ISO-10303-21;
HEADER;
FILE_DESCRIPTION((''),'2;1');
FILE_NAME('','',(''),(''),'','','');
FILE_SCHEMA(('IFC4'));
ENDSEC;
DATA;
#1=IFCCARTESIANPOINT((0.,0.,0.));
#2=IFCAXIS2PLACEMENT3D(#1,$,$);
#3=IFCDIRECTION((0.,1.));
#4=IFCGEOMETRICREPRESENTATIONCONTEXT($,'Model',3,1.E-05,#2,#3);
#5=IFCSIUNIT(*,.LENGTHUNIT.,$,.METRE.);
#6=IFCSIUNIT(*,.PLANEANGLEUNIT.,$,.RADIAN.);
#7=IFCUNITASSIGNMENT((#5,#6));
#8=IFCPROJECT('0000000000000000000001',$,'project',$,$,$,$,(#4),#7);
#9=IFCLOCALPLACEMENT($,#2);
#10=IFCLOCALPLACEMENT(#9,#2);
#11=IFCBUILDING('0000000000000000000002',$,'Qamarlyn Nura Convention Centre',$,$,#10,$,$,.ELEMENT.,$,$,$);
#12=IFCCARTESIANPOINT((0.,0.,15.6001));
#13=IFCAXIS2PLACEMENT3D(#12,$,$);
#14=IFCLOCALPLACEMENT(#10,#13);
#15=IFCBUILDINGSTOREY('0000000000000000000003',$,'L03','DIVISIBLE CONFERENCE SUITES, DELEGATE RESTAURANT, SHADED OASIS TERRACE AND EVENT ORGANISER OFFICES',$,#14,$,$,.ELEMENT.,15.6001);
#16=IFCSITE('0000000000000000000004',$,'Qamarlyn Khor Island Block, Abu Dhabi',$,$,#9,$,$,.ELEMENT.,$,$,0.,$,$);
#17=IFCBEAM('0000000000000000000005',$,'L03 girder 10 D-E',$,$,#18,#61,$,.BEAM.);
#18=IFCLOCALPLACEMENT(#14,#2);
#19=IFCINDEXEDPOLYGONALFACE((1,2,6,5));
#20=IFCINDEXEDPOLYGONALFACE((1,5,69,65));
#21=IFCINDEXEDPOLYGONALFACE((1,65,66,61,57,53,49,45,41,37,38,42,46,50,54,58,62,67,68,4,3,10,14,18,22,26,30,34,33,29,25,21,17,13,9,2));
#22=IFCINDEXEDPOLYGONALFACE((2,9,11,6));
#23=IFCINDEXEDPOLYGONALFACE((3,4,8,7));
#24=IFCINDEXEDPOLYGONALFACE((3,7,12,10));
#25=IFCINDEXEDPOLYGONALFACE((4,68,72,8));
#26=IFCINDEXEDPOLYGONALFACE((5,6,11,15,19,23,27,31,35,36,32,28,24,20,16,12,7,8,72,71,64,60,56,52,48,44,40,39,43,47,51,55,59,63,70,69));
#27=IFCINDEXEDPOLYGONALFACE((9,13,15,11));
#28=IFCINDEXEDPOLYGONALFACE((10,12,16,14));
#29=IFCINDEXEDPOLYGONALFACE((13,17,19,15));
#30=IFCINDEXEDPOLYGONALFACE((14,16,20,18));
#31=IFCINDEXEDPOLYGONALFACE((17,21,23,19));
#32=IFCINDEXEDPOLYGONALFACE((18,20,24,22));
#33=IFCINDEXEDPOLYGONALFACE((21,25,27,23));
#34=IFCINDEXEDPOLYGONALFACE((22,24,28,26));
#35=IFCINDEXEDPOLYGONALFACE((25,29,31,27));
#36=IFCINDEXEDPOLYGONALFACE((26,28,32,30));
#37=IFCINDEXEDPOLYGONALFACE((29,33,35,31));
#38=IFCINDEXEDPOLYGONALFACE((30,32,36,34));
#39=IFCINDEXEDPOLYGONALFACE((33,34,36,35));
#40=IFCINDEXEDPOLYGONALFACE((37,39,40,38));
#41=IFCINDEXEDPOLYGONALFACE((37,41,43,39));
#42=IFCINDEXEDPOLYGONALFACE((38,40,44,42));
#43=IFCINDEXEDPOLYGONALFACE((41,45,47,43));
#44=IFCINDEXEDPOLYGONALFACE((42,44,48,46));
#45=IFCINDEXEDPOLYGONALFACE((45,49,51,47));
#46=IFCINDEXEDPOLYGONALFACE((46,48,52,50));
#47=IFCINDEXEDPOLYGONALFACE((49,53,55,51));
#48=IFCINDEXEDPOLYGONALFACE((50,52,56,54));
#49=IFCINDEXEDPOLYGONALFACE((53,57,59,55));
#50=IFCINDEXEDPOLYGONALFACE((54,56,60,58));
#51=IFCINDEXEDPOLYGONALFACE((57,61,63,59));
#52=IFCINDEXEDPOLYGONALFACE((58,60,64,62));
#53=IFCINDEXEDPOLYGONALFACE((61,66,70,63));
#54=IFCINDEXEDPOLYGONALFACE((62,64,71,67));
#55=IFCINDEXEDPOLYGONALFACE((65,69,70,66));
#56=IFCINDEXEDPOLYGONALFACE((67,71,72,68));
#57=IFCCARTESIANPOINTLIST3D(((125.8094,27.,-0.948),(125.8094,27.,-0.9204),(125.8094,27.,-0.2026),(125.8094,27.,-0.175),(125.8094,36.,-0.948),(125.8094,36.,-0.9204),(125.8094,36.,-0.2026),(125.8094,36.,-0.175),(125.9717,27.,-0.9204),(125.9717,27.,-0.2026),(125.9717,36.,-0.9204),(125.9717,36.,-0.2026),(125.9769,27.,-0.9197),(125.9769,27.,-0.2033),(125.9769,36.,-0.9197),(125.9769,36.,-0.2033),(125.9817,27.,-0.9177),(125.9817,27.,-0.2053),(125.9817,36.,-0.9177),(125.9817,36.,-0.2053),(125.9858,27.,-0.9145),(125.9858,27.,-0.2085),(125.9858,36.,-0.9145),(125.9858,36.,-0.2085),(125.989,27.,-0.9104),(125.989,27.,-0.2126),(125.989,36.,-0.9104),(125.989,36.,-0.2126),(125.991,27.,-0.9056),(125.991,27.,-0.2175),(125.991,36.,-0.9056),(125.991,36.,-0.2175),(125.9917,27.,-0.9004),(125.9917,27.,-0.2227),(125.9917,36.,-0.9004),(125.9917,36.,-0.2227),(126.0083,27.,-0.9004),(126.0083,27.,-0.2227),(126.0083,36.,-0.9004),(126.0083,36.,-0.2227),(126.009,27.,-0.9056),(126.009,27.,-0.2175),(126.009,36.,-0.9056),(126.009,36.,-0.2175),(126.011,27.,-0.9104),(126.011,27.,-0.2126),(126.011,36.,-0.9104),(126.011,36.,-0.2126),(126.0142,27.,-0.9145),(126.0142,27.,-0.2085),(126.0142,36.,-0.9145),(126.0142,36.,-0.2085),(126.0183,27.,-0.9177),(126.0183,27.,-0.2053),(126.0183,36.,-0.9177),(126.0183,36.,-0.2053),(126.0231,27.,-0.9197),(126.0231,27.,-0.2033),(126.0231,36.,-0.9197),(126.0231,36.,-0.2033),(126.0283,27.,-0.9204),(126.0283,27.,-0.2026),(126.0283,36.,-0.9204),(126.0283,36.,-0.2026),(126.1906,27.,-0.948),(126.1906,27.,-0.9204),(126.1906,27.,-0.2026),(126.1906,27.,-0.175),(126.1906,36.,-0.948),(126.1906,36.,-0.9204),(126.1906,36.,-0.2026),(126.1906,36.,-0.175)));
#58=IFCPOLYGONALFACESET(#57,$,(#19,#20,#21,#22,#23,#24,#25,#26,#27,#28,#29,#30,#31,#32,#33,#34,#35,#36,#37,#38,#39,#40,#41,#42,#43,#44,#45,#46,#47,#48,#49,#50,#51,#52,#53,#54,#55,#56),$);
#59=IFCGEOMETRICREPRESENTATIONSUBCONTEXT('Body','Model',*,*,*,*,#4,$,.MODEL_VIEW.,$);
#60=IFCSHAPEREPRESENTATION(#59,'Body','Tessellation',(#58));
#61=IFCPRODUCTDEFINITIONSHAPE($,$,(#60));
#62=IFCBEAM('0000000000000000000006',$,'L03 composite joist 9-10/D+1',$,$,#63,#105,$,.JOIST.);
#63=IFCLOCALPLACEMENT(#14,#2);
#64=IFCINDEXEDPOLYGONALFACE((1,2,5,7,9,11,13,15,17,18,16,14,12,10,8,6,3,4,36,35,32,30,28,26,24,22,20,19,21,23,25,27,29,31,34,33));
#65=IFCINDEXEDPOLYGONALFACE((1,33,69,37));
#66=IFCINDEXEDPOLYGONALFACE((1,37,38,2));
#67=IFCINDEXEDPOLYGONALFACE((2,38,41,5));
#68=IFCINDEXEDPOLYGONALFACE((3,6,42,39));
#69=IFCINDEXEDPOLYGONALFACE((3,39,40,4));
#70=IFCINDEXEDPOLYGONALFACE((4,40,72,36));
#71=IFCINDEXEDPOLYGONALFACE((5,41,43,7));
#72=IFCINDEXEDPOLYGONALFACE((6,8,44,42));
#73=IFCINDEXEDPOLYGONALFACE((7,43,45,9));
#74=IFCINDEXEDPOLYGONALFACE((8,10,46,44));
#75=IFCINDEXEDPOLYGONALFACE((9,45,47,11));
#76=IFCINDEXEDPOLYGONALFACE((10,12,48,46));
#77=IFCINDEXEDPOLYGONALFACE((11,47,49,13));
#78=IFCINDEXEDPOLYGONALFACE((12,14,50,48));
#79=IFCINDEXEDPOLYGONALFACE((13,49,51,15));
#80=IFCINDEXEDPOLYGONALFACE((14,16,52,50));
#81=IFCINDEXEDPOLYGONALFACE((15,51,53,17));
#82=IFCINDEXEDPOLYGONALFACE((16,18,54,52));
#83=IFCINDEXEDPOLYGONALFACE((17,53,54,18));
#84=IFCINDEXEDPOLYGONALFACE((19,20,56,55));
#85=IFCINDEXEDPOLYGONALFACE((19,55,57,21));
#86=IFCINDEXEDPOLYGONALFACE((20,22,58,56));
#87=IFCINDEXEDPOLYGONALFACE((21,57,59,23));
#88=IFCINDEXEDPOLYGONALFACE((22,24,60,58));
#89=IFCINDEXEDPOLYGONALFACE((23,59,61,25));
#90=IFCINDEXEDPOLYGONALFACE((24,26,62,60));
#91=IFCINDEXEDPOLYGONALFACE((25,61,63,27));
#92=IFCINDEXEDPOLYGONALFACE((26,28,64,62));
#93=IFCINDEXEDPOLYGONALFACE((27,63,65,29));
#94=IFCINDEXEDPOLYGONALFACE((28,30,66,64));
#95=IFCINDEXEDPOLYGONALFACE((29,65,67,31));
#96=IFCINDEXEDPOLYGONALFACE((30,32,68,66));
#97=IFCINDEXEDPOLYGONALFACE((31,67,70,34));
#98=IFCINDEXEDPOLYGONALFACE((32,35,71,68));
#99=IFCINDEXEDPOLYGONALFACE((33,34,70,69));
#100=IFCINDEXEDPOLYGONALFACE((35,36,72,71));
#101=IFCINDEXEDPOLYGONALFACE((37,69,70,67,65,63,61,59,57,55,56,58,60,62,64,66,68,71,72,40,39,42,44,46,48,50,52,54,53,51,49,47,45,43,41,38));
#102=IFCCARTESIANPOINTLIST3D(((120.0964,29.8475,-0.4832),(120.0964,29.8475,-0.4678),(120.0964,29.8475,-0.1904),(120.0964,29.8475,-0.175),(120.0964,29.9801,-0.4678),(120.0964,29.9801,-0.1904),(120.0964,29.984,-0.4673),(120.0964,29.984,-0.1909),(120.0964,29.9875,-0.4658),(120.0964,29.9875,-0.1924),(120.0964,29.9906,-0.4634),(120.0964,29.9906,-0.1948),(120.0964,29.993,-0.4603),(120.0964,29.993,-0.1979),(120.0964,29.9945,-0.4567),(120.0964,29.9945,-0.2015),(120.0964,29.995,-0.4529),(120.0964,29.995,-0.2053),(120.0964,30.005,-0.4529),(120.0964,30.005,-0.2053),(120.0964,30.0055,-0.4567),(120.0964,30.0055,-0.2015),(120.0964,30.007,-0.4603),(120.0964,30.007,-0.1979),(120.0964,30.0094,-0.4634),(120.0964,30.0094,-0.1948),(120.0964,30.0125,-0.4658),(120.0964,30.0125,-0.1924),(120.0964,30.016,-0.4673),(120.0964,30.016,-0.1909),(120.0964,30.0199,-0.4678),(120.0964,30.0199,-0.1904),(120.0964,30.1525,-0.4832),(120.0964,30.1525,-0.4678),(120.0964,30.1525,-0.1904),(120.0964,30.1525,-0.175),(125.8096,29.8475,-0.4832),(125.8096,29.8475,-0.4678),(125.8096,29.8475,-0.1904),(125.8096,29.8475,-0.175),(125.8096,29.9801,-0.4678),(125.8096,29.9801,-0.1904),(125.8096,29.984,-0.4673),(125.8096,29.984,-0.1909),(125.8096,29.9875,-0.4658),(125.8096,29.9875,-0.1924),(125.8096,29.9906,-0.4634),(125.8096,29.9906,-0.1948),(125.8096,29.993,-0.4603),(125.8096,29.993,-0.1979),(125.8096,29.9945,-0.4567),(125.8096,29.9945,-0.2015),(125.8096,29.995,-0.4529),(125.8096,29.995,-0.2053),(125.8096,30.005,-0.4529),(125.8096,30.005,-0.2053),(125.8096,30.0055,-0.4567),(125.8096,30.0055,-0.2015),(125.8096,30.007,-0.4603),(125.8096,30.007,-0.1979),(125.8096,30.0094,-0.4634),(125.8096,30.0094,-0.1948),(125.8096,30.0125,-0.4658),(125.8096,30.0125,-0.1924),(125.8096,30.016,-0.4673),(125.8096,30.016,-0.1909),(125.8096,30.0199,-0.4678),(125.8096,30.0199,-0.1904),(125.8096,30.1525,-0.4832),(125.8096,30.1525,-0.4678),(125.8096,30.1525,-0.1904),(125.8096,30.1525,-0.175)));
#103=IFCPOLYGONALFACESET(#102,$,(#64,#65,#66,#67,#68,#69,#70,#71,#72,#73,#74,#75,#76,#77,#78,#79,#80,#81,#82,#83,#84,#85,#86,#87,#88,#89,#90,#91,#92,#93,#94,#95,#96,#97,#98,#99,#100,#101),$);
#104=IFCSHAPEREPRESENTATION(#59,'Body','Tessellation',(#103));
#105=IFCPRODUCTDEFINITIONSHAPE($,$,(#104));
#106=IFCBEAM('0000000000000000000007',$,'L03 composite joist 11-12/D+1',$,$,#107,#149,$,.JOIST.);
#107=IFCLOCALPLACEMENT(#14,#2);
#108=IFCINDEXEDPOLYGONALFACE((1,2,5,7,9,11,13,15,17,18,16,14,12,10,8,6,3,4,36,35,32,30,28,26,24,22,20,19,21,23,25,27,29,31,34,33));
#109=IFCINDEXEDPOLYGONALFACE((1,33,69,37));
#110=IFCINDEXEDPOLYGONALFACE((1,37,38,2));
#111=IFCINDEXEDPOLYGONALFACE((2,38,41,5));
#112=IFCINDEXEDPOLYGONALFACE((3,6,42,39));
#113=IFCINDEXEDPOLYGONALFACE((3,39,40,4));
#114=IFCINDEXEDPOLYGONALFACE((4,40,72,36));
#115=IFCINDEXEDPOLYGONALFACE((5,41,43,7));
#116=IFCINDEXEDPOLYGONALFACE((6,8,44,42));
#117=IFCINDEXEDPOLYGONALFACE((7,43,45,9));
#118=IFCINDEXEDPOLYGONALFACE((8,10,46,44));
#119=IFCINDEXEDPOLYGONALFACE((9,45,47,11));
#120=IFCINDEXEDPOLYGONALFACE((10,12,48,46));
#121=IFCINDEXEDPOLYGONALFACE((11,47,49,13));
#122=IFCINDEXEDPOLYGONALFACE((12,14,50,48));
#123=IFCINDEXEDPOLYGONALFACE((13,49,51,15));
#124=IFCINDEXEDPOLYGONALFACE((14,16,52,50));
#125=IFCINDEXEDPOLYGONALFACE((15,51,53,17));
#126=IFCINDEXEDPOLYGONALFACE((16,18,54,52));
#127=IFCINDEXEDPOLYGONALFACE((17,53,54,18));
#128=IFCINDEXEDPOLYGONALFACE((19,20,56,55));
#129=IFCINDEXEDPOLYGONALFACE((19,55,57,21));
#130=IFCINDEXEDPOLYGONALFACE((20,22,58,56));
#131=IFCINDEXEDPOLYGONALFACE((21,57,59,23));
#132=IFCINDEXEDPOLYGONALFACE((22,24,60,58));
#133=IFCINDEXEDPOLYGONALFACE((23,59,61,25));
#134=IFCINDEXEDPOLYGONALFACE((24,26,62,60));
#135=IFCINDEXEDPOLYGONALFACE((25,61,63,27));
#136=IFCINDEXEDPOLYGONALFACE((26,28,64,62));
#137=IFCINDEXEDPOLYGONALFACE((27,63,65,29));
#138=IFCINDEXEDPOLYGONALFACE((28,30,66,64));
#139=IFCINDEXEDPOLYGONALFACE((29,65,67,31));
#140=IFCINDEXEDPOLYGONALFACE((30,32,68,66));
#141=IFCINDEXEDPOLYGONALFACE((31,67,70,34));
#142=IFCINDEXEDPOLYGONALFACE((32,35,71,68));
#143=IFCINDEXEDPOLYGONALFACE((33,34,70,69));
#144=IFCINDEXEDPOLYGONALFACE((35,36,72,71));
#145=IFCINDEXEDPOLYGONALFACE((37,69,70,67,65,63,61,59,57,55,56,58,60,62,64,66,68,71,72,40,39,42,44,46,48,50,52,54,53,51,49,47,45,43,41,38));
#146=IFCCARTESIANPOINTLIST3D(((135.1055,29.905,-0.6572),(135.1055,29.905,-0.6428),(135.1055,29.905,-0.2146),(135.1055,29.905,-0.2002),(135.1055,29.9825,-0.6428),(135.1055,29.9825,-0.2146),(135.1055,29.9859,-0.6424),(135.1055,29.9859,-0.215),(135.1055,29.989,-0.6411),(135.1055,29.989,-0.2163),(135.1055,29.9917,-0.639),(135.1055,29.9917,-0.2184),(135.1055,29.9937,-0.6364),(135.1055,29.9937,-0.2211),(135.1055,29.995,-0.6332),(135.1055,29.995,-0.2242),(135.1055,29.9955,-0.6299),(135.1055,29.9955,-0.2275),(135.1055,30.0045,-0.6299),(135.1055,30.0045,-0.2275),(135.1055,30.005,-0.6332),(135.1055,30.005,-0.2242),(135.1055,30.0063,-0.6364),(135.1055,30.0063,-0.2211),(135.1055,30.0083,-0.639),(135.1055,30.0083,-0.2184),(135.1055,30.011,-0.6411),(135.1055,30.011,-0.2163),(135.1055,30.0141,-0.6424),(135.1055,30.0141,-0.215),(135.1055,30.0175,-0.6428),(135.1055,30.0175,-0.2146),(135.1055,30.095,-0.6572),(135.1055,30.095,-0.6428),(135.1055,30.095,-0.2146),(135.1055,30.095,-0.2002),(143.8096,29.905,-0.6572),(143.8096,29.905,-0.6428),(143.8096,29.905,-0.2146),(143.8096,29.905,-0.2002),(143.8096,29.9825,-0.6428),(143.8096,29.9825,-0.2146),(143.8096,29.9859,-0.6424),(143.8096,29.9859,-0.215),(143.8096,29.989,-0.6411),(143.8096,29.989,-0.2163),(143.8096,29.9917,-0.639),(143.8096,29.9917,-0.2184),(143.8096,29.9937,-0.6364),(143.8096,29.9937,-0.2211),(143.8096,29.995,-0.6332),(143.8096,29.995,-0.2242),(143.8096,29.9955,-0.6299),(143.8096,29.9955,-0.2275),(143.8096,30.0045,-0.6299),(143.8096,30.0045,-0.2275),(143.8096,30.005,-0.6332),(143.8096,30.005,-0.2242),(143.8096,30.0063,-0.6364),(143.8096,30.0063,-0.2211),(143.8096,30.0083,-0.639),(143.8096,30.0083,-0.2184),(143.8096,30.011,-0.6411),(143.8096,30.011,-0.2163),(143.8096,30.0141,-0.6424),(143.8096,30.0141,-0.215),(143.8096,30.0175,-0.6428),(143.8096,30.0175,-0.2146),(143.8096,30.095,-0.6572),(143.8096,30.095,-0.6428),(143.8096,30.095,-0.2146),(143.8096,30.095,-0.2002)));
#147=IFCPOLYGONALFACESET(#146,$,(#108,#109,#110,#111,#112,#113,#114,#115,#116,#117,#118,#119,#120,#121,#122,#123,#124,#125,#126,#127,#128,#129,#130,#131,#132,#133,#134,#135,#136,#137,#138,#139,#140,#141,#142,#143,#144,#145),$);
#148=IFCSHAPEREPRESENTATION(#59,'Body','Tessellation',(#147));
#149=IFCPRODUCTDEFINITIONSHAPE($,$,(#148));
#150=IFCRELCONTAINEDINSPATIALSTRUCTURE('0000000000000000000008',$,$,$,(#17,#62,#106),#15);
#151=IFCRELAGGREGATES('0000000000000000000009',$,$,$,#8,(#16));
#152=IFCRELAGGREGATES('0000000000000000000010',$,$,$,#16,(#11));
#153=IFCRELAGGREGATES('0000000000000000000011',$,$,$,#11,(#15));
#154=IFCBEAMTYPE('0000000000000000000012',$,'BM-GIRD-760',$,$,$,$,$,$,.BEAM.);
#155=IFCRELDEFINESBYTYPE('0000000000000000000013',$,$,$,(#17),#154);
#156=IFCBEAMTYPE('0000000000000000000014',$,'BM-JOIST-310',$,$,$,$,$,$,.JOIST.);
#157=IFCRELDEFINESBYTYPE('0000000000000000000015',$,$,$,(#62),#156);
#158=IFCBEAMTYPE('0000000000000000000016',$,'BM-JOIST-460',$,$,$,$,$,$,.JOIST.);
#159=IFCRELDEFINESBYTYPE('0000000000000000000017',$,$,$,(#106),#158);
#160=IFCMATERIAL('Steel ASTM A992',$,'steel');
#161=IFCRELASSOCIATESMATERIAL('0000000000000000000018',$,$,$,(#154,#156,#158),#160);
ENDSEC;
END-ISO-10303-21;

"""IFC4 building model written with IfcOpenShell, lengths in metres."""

from ifc_helpers import new_model, si_unit, direction, frame, origin, origin_2d, place, context, subcontext, project, spatial, i_section, extrude, material, material_profile, profile_set, type_object, element, save


model = new_model("IFC4")

# Units and contexts
model_context = context("Model", 3, precision=1e-05, world=origin(), true_north=direction((0.0, 1.0)))
body_context = subcontext(model_context, "Body", "Model", "MODEL_VIEW")
ifc_project = project(units=[si_unit("LENGTHUNIT", "METRE"), si_unit("PLANEANGLEUNIT", "RADIAN")], contexts=[model_context])

# Site, building, storey
site_placement = place(None, origin())
site = spatial("IfcSite", under=ifc_project, at=site_placement, Name="Qamarlyn Khor Island Block, Abu Dhabi", CompositionType="ELEMENT", RefElevation=0.0)
building_placement = place(site_placement, origin())
building = spatial("IfcBuilding", under=site, at=building_placement, Name="Qamarlyn Nura Convention Centre", CompositionType="ELEMENT")
storey_placement = place(building_placement, frame((0.0, 0.0, 15.6001)))
storey = spatial("IfcBuildingStorey", under=building, at=storey_placement, Name="L03", Description="DIVISIBLE CONFERENCE SUITES, DELEGATE RESTAURANT, SHADED OASIS TERRACE AND EVENT ORGANISER OFFICES", CompositionType="ELEMENT", Elevation=15.6001)

# Beams
ifc_material_1 = material(Name="Steel ASTM A992", Category="steel")
ifc_material_profile_1 = material_profile(ifc_material_1, i_section(OverallWidth=0.3811, OverallDepth=0.7729, WebThickness=0.0166, FlangeThickness=0.0276, FilletRadius=0.02, at=origin_2d()), Name="W760X257")
ifc_profile_set_1 = profile_set([ifc_material_profile_1], Name="Steel ASTM A992")
beam_type_1 = type_object("IfcBeamType", Name="BM-GIRD-760", PredefinedType="BEAM", material=ifc_profile_set_1)
for number, where, z_axis, x_axis, name in (
    (1, (126.0, 27.0, -0.5615), (0.0, 1.0, 0.0), (-1.0, 0.0, 0.0), "L03 girder 10 D-E"),
):
    element("IfcBeam", number, at=place(storey_placement, frame(where, z_axis=z_axis, x_axis=x_axis)), inside=storey, type_object=beam_type_1, Name=name, PredefinedType="BEAM", context=body_context, shape_type="SweptSolid", body=[
        extrude(i_section(OverallWidth=0.3811, OverallDepth=0.7729, WebThickness=0.0166, FlangeThickness=0.0276, FilletRadius=0.02, at=origin_2d()), origin(), (0.0, 0.0, 1.0), 9.0),
    ])
ifc_material_profile_2 = material_profile(ifc_material_1, i_section(OverallWidth=0.3049, OverallDepth=0.3081, WebThickness=0.01, FlangeThickness=0.0154, FilletRadius=0.0149, at=origin_2d()), Name="W310X97")
ifc_profile_set_2 = profile_set([ifc_material_profile_2], Name="Steel ASTM A992")
beam_type_2 = type_object("IfcBeamType", Name="BM-JOIST-310", PredefinedType="JOIST", material=ifc_profile_set_2)
beam_1_placement = place(storey_placement, frame((120.0964, 30.0, -0.3291), z_axis=(1.0, 0.0, 0.0), x_axis=(0.0, 1.0, 0.0)))
element("IfcBeam", 2, at=beam_1_placement, inside=storey, type_object=beam_type_2, Name="L03 composite joist 9-10/D+1", PredefinedType="JOIST", context=body_context, shape_type="SweptSolid", body=[
    extrude(i_section(OverallWidth=0.3049, OverallDepth=0.3081, WebThickness=0.01, FlangeThickness=0.0154, FilletRadius=0.0149, at=origin_2d()), origin(), (0.0, 0.0, 1.0), 5.7131),
])
ifc_material_profile_3 = material_profile(ifc_material_1, i_section(OverallWidth=0.1899, OverallDepth=0.457, WebThickness=0.009, FlangeThickness=0.0144, FilletRadius=0.0129, at=origin_2d()), Name="W460X74")
ifc_profile_set_3 = profile_set([ifc_material_profile_3], Name="Steel ASTM A992")
beam_type_3 = type_object("IfcBeamType", Name="BM-JOIST-460", PredefinedType="JOIST", material=ifc_profile_set_3)
beam_2_placement = place(storey_placement, frame((135.1055, 30.0, -0.4287), z_axis=(1.0, 0.0, 0.0), x_axis=(0.0, 1.0, 0.0)))
element("IfcBeam", 3, at=beam_2_placement, inside=storey, type_object=beam_type_3, Name="L03 composite joist 11-12/D+1", PredefinedType="JOIST", context=body_context, shape_type="SweptSolid", body=[
    extrude(i_section(OverallWidth=0.1899, OverallDepth=0.457, WebThickness=0.009, FlangeThickness=0.0144, FilletRadius=0.0129, at=origin_2d()), origin(), (0.0, 0.0, 1.0), 8.7041),
])

save(model, "model.ifc")
